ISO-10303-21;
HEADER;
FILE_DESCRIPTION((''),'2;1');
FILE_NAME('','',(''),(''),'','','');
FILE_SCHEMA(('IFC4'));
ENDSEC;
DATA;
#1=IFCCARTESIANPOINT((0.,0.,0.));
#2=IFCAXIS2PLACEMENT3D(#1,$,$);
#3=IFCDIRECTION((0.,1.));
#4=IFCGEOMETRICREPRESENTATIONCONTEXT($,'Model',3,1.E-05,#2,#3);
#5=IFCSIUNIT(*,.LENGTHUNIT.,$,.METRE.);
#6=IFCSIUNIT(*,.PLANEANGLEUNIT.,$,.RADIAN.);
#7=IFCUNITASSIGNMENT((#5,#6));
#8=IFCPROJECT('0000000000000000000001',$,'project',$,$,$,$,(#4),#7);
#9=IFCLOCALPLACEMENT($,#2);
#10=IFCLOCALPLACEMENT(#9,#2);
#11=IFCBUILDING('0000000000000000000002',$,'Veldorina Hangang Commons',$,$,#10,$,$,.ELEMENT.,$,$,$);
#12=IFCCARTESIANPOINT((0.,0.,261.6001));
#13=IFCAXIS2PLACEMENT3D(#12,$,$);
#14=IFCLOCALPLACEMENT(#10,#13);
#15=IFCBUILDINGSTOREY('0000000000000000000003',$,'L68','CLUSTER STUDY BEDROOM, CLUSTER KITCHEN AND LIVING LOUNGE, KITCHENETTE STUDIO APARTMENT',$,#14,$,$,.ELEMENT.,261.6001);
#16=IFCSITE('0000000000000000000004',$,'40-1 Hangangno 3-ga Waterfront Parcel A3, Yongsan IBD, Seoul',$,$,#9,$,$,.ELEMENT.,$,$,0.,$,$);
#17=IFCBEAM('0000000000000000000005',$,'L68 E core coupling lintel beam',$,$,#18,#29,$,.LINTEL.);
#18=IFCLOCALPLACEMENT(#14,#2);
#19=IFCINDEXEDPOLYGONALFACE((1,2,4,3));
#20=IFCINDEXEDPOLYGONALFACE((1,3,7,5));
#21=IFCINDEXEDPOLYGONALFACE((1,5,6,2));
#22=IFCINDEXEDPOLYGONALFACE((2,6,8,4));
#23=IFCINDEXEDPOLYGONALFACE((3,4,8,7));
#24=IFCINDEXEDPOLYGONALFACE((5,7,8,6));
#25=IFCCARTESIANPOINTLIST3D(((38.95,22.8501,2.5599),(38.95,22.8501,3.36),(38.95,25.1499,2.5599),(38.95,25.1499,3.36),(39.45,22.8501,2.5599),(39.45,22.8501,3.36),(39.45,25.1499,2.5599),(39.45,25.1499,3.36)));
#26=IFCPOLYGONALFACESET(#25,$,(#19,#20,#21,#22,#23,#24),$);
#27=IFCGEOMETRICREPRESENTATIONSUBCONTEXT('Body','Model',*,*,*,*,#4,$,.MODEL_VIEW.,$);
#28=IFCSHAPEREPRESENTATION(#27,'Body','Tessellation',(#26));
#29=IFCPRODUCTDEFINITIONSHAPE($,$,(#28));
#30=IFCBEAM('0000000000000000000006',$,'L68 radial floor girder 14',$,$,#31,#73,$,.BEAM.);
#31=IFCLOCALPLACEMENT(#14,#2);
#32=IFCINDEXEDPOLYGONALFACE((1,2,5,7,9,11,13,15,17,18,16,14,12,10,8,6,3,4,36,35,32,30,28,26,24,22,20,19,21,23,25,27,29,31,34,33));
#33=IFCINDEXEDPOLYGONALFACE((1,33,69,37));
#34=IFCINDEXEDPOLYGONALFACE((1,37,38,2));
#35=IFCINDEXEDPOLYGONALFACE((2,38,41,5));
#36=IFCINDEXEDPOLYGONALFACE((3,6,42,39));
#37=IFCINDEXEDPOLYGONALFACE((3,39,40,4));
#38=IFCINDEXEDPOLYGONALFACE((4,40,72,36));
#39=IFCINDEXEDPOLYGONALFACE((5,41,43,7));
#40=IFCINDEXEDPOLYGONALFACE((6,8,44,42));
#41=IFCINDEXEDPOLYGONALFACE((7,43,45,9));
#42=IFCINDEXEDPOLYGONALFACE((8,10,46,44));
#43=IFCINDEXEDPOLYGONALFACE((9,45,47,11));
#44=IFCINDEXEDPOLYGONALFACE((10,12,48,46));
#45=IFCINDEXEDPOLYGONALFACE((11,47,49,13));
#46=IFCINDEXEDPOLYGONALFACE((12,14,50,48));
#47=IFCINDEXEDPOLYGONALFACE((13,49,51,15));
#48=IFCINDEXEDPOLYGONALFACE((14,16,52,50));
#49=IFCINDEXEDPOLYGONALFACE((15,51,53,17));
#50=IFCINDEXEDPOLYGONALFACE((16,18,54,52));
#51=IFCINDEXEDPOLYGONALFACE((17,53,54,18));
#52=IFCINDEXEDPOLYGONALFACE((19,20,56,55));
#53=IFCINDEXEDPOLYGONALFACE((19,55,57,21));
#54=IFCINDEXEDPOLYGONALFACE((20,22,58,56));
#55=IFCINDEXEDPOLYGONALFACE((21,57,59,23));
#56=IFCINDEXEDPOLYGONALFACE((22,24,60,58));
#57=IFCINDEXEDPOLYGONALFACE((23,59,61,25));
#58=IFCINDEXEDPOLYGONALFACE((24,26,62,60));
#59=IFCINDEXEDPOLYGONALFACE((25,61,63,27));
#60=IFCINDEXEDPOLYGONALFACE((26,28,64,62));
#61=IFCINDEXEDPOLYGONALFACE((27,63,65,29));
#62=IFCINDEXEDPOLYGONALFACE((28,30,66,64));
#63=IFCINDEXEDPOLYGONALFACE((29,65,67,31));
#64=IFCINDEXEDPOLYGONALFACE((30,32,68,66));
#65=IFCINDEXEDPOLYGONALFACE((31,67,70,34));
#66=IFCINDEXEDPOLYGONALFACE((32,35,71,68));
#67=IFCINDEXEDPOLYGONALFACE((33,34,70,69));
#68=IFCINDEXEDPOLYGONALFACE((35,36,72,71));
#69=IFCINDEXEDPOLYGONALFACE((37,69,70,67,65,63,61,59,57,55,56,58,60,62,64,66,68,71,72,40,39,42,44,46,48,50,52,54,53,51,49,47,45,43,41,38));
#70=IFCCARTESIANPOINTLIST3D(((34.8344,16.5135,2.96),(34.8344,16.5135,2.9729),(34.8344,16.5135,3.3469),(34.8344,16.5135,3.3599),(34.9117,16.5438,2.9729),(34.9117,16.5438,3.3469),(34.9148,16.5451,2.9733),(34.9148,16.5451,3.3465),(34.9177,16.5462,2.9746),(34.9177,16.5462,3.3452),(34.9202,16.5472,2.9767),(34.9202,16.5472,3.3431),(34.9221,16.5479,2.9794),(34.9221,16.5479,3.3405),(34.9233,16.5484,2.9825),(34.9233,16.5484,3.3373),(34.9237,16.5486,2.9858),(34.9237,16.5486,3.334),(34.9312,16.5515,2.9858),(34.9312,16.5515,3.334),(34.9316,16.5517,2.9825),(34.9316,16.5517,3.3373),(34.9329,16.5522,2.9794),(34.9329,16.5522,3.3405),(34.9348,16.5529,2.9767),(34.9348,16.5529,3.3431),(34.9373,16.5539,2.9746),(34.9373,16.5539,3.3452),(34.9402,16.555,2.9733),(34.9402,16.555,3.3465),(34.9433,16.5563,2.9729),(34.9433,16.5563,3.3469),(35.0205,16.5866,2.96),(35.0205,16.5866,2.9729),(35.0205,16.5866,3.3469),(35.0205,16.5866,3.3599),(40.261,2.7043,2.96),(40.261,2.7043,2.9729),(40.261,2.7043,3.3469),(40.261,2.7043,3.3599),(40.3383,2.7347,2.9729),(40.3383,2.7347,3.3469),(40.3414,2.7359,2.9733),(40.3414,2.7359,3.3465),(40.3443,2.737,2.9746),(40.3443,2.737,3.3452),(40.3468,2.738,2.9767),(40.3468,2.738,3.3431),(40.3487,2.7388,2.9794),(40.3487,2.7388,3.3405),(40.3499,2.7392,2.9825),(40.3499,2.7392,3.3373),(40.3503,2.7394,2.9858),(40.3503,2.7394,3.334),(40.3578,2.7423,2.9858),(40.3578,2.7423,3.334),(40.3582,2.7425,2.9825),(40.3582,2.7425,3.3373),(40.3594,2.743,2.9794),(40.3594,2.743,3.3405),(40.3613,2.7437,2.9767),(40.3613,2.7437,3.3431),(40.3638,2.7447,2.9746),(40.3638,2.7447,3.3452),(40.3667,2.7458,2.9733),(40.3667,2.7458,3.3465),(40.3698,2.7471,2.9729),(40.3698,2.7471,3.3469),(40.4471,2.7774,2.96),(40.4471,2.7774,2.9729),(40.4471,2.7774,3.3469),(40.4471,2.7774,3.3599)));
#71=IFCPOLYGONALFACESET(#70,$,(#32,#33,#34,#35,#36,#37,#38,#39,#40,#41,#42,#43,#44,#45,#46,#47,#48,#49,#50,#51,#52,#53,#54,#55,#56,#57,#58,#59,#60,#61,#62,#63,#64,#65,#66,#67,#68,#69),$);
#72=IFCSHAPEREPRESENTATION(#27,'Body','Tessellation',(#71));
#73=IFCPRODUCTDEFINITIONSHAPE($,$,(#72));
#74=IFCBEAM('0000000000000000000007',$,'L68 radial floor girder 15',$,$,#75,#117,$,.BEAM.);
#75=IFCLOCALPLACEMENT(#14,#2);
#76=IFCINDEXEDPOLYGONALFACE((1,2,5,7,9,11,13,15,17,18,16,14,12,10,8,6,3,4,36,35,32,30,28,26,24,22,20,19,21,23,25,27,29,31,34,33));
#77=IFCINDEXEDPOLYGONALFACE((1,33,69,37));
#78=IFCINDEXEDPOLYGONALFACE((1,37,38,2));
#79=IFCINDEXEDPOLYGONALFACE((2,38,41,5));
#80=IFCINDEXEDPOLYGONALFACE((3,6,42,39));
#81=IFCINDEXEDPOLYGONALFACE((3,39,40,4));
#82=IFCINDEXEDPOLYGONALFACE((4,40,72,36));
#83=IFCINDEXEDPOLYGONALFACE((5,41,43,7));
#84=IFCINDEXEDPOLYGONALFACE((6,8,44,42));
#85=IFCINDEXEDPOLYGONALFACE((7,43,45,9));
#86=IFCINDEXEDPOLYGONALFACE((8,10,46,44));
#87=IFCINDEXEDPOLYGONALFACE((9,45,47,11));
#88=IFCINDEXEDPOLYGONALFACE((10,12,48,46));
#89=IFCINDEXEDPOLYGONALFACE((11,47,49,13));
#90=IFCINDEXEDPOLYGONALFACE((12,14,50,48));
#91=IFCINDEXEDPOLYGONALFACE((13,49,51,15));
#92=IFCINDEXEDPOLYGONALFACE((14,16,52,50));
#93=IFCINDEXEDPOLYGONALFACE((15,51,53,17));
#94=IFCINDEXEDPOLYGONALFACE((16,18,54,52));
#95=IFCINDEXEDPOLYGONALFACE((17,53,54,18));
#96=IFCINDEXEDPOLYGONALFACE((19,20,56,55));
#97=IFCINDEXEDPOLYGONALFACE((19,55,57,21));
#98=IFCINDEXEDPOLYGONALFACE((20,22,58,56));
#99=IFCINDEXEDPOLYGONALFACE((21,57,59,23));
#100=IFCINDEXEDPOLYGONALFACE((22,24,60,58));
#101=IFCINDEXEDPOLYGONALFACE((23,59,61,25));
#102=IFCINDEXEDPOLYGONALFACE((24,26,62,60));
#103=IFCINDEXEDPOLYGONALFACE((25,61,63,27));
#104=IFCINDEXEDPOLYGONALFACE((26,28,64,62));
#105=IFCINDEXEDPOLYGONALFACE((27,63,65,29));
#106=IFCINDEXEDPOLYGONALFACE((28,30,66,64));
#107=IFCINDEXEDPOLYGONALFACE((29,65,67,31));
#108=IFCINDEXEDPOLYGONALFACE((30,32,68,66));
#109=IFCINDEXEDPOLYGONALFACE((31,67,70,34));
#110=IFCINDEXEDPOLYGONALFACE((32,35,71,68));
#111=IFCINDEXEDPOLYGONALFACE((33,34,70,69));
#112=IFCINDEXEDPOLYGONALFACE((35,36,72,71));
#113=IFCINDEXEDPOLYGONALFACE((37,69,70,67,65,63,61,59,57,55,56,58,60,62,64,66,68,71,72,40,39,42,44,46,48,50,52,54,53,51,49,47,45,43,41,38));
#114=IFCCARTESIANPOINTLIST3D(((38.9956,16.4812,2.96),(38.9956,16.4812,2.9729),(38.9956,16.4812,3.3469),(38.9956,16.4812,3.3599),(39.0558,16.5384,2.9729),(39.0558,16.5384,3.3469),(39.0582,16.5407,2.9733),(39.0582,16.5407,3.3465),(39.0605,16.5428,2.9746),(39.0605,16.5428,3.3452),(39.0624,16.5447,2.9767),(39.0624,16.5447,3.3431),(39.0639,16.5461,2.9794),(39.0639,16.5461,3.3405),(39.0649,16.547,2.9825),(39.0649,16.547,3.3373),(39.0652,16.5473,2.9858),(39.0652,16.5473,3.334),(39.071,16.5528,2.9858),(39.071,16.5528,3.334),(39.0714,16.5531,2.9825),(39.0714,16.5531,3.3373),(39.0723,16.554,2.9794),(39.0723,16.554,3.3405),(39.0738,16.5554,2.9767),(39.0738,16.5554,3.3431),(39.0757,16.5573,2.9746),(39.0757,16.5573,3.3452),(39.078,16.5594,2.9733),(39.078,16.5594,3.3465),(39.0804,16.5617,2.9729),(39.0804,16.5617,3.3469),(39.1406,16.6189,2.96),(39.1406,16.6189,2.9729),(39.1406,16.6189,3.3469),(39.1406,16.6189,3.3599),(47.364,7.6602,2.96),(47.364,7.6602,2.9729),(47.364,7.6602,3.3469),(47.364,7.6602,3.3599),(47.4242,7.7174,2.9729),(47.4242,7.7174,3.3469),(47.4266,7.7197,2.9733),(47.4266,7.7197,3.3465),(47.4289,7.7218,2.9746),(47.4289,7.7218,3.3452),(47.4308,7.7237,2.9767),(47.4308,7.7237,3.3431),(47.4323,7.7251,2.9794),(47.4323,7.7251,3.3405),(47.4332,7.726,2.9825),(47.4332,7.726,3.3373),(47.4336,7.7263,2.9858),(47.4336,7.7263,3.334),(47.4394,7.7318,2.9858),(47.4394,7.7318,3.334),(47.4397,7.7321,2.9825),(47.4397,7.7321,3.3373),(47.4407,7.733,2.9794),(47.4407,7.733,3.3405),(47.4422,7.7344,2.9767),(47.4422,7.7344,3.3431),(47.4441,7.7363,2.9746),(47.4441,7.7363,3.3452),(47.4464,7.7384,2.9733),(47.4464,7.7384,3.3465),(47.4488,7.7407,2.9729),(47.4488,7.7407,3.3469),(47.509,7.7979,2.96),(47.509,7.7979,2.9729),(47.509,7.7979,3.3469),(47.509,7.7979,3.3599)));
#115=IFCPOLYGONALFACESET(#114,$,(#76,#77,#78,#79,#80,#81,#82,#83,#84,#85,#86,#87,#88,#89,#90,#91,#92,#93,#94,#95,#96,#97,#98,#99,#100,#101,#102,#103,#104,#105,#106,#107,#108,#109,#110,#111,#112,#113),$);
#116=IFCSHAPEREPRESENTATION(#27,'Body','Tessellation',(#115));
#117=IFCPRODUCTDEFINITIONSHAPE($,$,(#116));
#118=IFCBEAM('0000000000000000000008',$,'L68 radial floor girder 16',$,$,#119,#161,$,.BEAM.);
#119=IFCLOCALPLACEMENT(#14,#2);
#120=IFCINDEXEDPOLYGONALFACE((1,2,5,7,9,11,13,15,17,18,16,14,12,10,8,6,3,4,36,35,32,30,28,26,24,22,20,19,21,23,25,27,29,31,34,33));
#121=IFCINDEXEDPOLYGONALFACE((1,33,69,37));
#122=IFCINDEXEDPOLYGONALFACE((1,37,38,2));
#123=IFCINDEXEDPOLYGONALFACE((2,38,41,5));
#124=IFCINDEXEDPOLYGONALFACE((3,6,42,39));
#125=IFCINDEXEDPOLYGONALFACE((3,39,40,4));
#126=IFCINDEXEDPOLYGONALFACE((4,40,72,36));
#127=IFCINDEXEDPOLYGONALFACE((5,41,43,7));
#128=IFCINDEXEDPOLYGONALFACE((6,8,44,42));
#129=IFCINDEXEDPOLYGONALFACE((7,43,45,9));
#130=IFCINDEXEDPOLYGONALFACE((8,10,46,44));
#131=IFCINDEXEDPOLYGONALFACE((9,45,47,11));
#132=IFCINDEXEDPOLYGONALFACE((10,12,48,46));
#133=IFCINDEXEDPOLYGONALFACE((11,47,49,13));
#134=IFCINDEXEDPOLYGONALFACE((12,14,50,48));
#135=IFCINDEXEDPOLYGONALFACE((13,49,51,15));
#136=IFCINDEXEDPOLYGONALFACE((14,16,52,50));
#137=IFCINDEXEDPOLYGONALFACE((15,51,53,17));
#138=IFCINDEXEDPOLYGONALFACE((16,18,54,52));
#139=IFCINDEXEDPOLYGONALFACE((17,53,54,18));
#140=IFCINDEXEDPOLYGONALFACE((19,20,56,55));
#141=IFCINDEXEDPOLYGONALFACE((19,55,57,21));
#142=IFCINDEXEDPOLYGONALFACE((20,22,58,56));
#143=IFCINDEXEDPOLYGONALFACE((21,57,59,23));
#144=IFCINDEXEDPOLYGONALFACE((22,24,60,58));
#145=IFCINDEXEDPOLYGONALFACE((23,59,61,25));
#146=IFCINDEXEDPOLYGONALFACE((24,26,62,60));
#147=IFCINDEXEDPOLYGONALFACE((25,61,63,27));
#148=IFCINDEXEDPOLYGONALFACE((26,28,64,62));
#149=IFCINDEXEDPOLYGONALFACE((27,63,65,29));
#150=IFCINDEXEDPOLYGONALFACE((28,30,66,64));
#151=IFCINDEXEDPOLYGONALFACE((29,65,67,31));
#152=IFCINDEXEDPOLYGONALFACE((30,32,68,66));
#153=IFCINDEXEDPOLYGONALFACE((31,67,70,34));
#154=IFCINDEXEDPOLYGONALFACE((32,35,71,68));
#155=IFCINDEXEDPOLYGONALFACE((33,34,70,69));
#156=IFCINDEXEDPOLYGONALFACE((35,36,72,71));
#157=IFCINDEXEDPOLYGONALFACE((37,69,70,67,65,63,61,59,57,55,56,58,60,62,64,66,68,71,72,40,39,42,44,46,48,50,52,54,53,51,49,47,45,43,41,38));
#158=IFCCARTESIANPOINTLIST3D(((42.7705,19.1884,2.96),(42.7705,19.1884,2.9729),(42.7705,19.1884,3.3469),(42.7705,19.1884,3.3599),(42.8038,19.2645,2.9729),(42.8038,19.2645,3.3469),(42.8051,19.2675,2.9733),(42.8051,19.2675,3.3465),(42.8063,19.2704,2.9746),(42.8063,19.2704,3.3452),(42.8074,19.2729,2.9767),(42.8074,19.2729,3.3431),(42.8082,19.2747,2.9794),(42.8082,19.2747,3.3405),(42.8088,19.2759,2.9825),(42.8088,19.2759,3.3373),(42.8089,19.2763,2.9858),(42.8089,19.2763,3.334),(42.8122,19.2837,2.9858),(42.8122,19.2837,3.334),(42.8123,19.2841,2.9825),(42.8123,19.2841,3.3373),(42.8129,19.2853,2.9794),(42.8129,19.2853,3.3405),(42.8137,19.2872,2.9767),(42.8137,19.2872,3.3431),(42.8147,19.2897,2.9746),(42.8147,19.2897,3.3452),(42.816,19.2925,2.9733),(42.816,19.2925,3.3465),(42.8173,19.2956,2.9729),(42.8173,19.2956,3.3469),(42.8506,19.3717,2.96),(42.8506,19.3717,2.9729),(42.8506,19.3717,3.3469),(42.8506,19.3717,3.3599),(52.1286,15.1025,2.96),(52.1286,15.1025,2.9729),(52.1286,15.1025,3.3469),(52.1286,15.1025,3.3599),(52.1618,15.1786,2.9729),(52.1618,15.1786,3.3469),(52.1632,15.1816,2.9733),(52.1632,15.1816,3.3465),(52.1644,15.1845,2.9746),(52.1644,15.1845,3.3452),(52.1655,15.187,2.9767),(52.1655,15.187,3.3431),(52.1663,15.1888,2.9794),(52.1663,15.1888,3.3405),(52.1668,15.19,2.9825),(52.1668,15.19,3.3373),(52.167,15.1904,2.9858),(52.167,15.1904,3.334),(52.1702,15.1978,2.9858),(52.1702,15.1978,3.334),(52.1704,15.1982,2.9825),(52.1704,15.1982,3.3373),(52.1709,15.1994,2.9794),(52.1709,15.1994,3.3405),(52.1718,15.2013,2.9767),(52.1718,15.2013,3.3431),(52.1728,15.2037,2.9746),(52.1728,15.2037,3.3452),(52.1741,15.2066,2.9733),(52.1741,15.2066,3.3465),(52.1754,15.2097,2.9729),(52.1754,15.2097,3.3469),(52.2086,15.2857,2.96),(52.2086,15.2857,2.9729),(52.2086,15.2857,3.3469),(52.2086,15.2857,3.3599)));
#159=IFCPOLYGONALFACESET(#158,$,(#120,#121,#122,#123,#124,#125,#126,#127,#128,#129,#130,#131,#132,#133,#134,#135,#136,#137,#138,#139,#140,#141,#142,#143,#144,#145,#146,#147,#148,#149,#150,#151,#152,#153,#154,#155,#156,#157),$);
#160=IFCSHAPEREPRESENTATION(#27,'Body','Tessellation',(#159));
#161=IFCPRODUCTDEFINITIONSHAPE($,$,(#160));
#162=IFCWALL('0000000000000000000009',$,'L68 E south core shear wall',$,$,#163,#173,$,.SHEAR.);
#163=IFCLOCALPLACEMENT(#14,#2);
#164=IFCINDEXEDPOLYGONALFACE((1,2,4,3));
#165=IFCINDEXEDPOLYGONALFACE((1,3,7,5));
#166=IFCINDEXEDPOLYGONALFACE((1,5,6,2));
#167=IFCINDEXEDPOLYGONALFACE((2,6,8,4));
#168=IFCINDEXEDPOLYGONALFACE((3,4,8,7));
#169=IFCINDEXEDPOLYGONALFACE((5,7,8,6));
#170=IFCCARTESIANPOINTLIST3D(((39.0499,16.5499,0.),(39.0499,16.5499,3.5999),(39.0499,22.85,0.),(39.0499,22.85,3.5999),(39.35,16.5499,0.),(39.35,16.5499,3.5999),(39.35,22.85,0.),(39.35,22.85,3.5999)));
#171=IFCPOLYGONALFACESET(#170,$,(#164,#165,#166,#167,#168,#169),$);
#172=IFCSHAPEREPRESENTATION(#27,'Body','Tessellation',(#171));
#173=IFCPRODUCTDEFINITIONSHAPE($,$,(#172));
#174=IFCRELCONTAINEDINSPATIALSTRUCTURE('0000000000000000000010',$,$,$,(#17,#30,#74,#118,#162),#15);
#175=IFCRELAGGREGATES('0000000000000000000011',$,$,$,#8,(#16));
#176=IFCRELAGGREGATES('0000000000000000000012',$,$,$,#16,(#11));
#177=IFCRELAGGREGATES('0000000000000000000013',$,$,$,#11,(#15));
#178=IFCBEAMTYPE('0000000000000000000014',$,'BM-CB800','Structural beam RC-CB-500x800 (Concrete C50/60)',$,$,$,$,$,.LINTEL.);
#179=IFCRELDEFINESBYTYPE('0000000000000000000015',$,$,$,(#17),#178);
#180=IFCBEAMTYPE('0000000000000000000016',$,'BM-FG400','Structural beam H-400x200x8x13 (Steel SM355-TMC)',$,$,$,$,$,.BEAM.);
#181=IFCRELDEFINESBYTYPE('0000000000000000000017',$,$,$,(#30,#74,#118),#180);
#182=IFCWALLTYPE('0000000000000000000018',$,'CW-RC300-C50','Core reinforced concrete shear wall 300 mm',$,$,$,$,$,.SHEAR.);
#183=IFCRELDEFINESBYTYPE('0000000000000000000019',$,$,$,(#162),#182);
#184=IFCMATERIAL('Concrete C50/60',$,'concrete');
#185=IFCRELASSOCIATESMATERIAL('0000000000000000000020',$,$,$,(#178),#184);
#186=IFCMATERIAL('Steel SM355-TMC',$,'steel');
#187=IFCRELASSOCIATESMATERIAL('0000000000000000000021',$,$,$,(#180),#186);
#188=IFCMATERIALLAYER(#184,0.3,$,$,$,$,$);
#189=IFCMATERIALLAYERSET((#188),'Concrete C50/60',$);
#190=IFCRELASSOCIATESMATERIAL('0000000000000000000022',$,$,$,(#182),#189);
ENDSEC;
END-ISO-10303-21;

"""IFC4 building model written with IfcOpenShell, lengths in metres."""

from ifc_helpers import new_model, si_unit, direction, frame, frame_2d, origin, origin_2d, place, context, subcontext, project, spatial, rectangle, i_section, extrude, material, layer, layer_set, material_profile, profile_set, type_object, element, save


model = new_model("IFC4")

# Units and contexts
model_context = context("Model", 3, precision=1e-05, world=origin(), true_north=direction((0.0, 1.0)))
body_context = subcontext(model_context, "Body", "Model", "MODEL_VIEW")
ifc_project = project(units=[si_unit("LENGTHUNIT", "METRE"), si_unit("PLANEANGLEUNIT", "RADIAN")], contexts=[model_context])

# Site, building, storey
site_placement = place(None, origin())
site = spatial("IfcSite", under=ifc_project, at=site_placement, Name="40-1 Hangangno 3-ga Waterfront Parcel A3, Yongsan IBD, Seoul", CompositionType="ELEMENT", RefElevation=0.0)
building_placement = place(site_placement, origin())
building = spatial("IfcBuilding", under=site, at=building_placement, Name="Veldorina Hangang Commons", CompositionType="ELEMENT")
storey_placement = place(building_placement, frame((0.0, 0.0, 261.6001)))
storey = spatial("IfcBuildingStorey", under=building, at=storey_placement, Name="L68", Description="CLUSTER STUDY BEDROOM, CLUSTER KITCHEN AND LIVING LOUNGE, KITCHENETTE STUDIO APARTMENT", CompositionType="ELEMENT", Elevation=261.6001)

# Beams
ifc_material_1 = material(Name="Concrete C50/60", Category="concrete")
ifc_material_profile_1 = material_profile(ifc_material_1, rectangle(XDim=0.5, YDim=0.8, at=origin_2d()), Name="RC-CB-500x800")
ifc_profile_set_1 = profile_set([ifc_material_profile_1], Name="Concrete C50/60")
beam_type_1 = type_object("IfcBeamType", Name="BM-CB800", Description="Structural beam RC-CB-500x800 (Concrete C50/60)", PredefinedType="LINTEL", material=ifc_profile_set_1)
beam_1_placement = place(storey_placement, frame((39.2, 22.8501, 2.96), z_axis=(0.0, 1.0, 0.0), x_axis=(-1.0, 0.0, 0.0)))
element("IfcBeam", 1, at=beam_1_placement, inside=storey, type_object=beam_type_1, Name="L68 E core coupling lintel beam", PredefinedType="LINTEL", context=body_context, shape_type="SweptSolid", body=[
    extrude(rectangle(XDim=0.5, YDim=0.8, at=origin_2d()), origin(), (0.0, 0.0, 1.0), 2.2998),
])
ifc_material_2 = material(Name="Steel SM355-TMC", Category="steel")
ifc_material_profile_2 = material_profile(ifc_material_2, i_section(OverallWidth=0.2, OverallDepth=0.3999, WebThickness=0.0081, FlangeThickness=0.0129, FilletRadius=0.0129, at=origin_2d()), Name="H-400x200x8x13")
ifc_profile_set_2 = profile_set([ifc_material_profile_2], Name="Steel SM355-TMC")
beam_type_2 = type_object("IfcBeamType", Name="BM-FG400", Description="Structural beam H-400x200x8x13 (Steel SM355-TMC)", PredefinedType="BEAM", material=ifc_profile_set_2)
beam_2_placement = place(storey_placement, frame((34.9275, 16.55, 3.1599), z_axis=(0.365741, -0.930717, 0.0), x_axis=(0.930717, 0.365741, 0.0)))
element("IfcBeam", 2, at=beam_2_placement, inside=storey, type_object=beam_type_2, Name="L68 radial floor girder 14", PredefinedType="BEAM", context=body_context, shape_type="SweptSolid", body=[
    extrude(i_section(OverallWidth=0.2, OverallDepth=0.3999, WebThickness=0.0081, FlangeThickness=0.0129, FilletRadius=0.0129, at=origin_2d()), origin(), (0.0, 0.0, 1.0), 14.8372),
])
beam_3_placement = place(storey_placement, frame((39.0681, 16.55, 3.1599), z_axis=(0.688249, -0.725475, 0.0), x_axis=(0.725475, 0.688249, 0.0)))
element("IfcBeam", 3, at=beam_3_placement, inside=storey, type_object=beam_type_2, Name="L68 radial floor girder 15", PredefinedType="BEAM", context=body_context, shape_type="SweptSolid", body=[
    extrude(i_section(OverallWidth=0.2, OverallDepth=0.3999, WebThickness=0.0081, FlangeThickness=0.0129, FilletRadius=0.0129, at=origin_2d()), origin(), (0.0, 0.0, 1.0), 12.1589),
])
beam_4_placement = place(storey_placement, frame((42.8105, 19.28, 3.1599), z_axis=(0.916454, -0.40014, 0.0), x_axis=(0.40014, 0.916454, 0.0)))
element("IfcBeam", 4, at=beam_4_placement, inside=storey, type_object=beam_type_2, Name="L68 radial floor girder 16", PredefinedType="BEAM", context=body_context, shape_type="SweptSolid", body=[
    extrude(i_section(OverallWidth=0.2, OverallDepth=0.3999, WebThickness=0.0081, FlangeThickness=0.0129, FilletRadius=0.0129, at=origin_2d()), origin(), (0.0, 0.0, 1.0), 10.2112),
])

# Wall
ifc_layer_1 = layer(ifc_material_1, 0.3)
ifc_layer_set_1 = layer_set([ifc_layer_1], Name="Concrete C50/60")
wall_type_1 = type_object("IfcWallType", Name="CW-RC300-C50", Description="Core reinforced concrete shear wall 300 mm", PredefinedType="SHEAR", material=ifc_layer_set_1)
wall_1_placement = place(storey_placement, frame((39.2, 16.55, 0.0), z_axis=(0.0, 0.0, 1.0), x_axis=(0.0, 1.0, 0.0)))
element("IfcWall", 5, at=wall_1_placement, inside=storey, type_object=wall_type_1, Name="L68 E south core shear wall", PredefinedType="SHEAR", context=body_context, shape_type="SweptSolid", body=[
    extrude(rectangle(XDim=6.3, YDim=0.3, at=frame_2d((3.1499, 0.0))), origin(), (0.0, 0.0, 1.0), 3.5999),
])

save(model, "model.ifc")
